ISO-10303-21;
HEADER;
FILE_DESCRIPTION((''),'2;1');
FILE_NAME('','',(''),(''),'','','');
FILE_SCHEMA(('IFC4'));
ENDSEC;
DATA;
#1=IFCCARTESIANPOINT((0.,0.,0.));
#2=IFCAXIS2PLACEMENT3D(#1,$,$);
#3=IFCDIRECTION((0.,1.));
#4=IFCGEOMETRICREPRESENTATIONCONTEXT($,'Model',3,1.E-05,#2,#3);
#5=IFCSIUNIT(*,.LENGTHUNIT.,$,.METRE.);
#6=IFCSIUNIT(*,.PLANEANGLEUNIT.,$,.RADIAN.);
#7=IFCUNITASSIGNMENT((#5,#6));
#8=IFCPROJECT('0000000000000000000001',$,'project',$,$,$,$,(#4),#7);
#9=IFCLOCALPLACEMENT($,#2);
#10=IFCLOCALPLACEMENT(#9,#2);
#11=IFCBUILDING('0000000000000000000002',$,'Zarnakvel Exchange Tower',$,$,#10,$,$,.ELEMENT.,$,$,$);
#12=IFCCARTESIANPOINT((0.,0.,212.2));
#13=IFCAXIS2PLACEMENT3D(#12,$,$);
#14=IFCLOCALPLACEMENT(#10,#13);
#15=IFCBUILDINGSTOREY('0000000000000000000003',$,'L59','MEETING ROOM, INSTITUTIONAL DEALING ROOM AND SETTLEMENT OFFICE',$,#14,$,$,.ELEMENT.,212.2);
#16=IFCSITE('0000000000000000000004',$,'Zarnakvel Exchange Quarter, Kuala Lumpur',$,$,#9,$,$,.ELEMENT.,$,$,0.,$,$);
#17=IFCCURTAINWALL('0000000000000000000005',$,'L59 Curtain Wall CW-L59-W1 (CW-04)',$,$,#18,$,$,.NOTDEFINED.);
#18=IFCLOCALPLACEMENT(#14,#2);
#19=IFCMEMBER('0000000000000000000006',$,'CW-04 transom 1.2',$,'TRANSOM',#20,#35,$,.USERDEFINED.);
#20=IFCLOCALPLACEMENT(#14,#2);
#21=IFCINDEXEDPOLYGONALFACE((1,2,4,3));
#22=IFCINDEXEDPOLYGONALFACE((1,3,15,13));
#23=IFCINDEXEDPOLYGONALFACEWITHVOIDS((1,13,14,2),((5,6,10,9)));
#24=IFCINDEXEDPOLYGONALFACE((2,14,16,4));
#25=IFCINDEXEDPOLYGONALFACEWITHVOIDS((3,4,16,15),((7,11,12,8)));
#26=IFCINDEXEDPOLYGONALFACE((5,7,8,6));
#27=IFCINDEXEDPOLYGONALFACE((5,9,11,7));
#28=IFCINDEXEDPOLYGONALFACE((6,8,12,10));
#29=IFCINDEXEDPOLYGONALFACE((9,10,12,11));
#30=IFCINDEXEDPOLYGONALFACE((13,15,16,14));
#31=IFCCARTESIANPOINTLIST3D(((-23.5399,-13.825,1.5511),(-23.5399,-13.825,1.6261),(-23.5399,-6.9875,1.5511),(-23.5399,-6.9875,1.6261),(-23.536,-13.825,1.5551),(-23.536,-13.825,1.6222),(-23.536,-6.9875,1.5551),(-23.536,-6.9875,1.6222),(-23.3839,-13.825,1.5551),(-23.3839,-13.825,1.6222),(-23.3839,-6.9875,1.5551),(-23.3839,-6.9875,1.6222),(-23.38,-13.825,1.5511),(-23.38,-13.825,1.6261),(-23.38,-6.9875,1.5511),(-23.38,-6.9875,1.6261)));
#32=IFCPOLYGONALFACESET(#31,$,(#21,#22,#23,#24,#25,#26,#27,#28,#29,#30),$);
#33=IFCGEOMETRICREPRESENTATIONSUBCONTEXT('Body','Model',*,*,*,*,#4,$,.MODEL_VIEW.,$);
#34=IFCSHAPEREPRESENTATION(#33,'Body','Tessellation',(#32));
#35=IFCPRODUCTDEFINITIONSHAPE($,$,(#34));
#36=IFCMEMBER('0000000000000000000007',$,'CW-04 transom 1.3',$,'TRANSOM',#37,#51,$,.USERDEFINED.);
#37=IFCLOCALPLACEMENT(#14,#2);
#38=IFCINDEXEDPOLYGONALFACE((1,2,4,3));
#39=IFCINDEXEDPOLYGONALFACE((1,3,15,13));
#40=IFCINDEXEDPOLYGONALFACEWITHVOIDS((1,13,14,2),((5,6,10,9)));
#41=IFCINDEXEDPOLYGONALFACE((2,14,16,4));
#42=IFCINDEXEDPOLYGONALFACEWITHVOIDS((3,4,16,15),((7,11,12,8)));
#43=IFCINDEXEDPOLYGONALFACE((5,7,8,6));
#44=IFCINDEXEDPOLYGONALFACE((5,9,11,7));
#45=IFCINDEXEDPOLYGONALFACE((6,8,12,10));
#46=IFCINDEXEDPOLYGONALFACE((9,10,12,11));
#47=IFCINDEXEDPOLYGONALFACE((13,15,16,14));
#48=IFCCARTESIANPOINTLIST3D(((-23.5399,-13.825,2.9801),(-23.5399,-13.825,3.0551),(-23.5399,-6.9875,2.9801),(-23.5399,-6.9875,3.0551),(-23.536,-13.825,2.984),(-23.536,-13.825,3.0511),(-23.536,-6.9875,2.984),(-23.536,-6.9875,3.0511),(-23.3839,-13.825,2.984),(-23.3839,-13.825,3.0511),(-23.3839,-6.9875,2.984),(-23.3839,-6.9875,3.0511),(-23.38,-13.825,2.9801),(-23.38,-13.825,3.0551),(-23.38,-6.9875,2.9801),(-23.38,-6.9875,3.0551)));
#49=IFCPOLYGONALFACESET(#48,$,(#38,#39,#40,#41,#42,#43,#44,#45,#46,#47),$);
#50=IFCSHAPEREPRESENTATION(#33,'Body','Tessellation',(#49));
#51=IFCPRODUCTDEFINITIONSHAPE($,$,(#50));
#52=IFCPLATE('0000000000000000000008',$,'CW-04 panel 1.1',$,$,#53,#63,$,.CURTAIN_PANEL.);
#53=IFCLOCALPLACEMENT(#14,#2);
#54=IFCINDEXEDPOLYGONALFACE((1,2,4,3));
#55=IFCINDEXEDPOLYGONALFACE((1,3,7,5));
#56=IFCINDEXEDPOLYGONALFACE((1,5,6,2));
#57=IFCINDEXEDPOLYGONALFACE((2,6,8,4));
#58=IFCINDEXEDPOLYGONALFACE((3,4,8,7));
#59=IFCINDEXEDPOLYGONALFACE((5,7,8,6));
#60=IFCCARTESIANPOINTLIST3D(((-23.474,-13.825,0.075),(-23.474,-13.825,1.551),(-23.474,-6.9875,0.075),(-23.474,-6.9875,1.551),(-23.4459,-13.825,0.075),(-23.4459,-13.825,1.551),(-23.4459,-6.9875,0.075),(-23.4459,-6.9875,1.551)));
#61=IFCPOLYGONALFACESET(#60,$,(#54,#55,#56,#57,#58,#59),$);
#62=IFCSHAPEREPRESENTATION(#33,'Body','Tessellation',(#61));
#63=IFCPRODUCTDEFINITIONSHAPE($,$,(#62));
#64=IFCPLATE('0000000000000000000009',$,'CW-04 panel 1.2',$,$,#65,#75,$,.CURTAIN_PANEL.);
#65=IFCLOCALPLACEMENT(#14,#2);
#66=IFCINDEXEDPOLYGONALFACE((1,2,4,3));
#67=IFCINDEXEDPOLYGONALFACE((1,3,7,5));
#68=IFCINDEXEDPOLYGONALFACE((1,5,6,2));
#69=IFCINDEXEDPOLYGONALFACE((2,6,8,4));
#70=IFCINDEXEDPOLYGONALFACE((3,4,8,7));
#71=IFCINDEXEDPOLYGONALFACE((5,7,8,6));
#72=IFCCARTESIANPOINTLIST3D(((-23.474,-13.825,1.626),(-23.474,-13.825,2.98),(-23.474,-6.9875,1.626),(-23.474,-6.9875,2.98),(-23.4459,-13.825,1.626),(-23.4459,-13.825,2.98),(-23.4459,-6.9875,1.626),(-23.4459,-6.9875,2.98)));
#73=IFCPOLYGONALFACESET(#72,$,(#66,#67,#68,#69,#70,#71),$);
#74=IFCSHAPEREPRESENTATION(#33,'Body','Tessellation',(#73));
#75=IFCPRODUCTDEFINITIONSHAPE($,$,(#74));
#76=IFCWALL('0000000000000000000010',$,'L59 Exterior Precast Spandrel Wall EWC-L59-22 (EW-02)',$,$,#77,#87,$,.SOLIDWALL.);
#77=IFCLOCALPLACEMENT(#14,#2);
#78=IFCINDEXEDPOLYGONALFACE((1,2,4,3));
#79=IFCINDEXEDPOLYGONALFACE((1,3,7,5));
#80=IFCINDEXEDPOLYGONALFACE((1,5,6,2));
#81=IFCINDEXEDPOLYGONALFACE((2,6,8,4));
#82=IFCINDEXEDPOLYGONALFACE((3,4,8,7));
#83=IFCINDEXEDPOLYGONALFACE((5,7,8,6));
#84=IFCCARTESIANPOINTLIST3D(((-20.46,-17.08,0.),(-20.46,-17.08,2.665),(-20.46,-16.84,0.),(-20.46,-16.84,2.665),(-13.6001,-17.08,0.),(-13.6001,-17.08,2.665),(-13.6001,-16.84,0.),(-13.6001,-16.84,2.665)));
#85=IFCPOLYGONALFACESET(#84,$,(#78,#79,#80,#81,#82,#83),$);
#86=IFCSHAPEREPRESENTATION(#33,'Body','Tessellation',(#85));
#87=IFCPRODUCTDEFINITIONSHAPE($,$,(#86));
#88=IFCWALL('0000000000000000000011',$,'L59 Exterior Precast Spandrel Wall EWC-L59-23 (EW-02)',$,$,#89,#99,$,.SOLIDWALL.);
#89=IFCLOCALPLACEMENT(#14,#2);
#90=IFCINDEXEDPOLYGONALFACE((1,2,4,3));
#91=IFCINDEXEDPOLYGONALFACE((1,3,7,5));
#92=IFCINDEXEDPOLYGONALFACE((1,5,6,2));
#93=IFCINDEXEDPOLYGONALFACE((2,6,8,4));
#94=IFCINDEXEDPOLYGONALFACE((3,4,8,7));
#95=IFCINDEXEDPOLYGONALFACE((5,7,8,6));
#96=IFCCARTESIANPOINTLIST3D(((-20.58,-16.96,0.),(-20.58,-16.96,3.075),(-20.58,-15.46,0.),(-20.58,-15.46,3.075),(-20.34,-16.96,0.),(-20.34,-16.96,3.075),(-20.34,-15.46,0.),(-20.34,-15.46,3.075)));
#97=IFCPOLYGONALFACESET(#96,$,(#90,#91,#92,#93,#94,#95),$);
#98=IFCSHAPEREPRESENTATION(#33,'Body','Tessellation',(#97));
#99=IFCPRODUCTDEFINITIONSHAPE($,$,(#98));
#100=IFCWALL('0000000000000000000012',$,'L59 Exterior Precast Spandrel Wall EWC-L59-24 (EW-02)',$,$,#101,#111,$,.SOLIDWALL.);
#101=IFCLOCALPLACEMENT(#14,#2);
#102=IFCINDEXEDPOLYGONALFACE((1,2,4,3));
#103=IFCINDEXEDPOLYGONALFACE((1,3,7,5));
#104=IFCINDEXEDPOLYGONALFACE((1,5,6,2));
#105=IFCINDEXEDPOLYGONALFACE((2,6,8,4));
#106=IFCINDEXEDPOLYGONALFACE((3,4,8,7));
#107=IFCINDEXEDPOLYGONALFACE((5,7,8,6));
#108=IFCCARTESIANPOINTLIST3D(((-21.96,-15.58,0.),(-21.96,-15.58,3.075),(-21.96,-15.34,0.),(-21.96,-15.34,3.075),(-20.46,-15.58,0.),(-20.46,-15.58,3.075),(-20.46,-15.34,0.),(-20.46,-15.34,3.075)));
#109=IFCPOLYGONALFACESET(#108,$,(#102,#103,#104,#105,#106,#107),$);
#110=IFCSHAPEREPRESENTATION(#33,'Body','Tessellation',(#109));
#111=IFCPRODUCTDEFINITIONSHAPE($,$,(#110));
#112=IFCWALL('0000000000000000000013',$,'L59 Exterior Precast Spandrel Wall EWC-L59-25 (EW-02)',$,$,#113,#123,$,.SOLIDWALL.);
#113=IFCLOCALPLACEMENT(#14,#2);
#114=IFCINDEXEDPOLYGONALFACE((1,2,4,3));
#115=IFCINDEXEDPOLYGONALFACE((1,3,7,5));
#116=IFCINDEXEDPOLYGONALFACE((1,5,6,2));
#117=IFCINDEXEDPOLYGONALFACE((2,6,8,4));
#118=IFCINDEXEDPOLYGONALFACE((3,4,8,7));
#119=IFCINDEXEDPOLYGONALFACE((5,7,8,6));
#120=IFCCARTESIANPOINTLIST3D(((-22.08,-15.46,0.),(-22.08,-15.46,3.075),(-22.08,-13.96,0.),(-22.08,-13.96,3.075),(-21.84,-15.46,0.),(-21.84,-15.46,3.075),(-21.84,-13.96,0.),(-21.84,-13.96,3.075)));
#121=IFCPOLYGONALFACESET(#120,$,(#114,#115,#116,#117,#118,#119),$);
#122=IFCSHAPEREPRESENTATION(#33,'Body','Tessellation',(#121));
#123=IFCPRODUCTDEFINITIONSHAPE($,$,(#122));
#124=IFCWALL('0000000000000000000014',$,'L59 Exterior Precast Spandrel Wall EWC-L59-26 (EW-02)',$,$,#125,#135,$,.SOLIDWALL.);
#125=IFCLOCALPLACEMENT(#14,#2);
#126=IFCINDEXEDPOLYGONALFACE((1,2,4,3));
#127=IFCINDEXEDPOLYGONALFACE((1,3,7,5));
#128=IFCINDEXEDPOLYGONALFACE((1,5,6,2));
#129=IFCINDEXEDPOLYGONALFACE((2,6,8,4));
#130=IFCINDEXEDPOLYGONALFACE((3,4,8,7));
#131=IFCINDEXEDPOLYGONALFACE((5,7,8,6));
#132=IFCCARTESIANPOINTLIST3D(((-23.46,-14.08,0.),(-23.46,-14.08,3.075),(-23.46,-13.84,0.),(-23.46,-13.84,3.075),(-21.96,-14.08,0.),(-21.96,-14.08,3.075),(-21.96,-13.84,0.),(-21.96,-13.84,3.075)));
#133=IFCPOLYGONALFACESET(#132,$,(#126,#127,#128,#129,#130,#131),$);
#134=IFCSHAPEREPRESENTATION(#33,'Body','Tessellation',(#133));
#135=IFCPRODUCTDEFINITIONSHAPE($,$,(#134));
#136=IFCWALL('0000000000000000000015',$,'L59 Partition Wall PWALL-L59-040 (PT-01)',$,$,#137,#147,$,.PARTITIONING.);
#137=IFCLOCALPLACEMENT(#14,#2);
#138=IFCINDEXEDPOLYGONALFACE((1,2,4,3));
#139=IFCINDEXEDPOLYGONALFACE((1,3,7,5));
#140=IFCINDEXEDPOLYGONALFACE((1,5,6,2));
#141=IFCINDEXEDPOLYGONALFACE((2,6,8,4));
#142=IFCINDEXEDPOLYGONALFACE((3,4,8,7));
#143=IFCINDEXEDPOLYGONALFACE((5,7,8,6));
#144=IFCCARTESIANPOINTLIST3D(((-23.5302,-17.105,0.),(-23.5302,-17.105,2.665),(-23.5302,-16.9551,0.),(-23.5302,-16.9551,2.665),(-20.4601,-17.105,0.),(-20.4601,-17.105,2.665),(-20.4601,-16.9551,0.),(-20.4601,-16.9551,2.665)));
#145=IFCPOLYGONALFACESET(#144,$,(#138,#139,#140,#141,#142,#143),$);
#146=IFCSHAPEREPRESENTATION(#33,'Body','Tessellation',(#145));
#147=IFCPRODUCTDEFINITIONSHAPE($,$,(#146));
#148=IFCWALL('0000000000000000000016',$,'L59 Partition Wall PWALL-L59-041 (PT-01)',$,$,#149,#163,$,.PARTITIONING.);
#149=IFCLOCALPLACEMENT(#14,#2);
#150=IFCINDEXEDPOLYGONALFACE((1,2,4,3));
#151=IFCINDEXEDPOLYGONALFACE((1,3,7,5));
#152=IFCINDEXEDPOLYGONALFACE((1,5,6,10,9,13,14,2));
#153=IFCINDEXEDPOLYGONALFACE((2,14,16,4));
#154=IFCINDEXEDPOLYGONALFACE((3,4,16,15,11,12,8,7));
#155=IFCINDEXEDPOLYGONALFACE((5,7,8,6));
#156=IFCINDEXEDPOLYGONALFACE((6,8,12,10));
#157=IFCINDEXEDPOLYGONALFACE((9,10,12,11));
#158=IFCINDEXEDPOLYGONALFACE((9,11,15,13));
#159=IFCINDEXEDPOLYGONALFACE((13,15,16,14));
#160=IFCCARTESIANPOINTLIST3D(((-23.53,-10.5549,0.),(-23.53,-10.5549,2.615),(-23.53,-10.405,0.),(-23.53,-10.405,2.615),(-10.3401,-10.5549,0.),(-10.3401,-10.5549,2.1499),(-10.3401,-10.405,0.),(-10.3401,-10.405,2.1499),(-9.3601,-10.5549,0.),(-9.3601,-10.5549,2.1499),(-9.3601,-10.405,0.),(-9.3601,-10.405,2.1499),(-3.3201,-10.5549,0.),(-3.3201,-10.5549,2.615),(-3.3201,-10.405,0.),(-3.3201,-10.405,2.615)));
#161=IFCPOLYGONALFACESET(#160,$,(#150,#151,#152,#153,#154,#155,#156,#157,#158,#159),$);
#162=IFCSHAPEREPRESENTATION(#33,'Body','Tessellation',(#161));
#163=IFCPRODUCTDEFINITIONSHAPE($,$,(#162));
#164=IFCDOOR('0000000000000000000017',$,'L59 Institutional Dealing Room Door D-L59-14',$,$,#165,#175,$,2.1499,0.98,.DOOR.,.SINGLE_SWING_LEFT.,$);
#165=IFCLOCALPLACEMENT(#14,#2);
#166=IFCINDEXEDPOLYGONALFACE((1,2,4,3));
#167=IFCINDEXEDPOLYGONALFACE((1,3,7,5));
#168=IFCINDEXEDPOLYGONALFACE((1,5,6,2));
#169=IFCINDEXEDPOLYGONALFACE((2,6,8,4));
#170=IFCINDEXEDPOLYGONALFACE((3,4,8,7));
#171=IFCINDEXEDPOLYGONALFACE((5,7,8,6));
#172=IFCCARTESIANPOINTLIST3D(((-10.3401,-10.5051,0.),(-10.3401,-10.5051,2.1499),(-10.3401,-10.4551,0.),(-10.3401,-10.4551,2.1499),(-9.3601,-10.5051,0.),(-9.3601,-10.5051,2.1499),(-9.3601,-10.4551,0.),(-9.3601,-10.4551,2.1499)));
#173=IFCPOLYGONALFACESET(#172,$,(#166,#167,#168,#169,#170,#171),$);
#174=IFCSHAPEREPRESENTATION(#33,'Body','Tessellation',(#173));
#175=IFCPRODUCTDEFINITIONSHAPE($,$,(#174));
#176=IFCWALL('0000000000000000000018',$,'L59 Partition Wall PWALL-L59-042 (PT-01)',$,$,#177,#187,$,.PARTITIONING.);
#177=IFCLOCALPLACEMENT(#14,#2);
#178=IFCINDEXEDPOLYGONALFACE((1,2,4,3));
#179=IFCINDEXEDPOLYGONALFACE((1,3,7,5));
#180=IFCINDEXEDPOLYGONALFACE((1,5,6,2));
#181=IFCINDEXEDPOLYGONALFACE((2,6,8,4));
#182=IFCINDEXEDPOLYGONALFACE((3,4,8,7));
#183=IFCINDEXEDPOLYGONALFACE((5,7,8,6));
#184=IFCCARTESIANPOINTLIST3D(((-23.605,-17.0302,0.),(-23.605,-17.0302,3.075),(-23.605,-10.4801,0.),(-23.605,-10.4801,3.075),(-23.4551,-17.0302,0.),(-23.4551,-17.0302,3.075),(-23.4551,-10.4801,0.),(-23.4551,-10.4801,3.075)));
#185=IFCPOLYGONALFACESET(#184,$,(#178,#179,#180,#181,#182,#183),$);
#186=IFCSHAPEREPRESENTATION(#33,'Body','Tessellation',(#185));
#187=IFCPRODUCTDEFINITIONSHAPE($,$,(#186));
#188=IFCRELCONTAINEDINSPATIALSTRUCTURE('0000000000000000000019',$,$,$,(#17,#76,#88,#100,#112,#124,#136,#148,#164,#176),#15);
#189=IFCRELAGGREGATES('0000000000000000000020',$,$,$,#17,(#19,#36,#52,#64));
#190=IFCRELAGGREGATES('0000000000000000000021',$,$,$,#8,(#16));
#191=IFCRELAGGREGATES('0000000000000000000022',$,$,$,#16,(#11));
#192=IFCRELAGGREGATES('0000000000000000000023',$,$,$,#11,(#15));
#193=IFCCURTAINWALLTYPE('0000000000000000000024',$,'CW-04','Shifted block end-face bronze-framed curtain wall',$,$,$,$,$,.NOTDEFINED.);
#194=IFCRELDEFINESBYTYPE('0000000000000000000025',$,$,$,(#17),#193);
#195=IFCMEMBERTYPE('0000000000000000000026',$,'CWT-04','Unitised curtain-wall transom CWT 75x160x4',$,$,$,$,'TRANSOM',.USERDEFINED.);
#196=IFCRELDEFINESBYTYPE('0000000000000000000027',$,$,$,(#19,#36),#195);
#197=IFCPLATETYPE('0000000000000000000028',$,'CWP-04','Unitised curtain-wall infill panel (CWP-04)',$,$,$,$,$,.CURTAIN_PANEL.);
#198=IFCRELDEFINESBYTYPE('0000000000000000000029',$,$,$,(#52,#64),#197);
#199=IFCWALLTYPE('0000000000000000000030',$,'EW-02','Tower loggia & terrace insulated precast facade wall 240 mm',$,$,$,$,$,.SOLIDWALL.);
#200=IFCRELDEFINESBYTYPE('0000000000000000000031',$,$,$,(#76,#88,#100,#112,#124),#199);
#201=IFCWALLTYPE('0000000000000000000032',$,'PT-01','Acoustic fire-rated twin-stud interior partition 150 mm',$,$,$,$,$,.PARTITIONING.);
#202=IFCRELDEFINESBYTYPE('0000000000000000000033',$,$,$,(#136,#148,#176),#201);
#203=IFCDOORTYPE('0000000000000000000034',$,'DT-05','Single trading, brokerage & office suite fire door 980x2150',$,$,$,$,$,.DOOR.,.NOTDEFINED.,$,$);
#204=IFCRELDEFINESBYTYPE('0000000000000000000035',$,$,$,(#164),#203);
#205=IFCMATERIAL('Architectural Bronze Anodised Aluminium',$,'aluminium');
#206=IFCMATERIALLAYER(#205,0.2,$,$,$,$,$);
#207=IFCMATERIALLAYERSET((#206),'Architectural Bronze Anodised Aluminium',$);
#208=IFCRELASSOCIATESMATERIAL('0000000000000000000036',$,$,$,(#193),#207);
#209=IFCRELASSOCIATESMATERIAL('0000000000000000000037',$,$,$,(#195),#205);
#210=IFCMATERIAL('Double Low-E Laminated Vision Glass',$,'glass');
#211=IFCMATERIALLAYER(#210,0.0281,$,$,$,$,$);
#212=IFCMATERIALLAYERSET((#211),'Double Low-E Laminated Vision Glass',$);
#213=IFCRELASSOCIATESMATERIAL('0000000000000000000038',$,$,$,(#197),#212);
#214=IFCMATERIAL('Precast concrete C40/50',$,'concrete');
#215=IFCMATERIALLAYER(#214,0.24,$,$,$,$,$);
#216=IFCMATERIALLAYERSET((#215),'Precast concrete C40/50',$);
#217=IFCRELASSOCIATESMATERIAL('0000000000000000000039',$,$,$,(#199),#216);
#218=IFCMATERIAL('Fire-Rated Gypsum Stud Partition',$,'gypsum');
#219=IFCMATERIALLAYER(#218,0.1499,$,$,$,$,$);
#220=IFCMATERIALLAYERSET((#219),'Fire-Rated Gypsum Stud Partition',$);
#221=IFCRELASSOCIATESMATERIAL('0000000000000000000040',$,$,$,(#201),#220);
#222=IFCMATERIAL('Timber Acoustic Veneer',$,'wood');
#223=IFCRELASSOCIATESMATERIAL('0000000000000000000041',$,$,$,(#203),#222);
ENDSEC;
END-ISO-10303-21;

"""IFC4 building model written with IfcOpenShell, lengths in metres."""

from ifc_helpers import new_model, si_unit, direction, frame, frame_2d, origin, origin_2d, place, context, subcontext, project, spatial, rectangle, hollow_rectangle, extrude, source, transform, mapped, material, layer, layer_set, material_profile, profile_set, type_object, element, fill, aggregate, save


model = new_model("IFC4")

# Units and contexts
model_context = context("Model", 3, precision=1e-05, world=origin(), true_north=direction((0.0, 1.0)))
body_context = subcontext(model_context, "Body", "Model", "MODEL_VIEW")
ifc_project = project(units=[si_unit("LENGTHUNIT", "METRE"), si_unit("PLANEANGLEUNIT", "RADIAN")], contexts=[model_context])

# Site, building, storey
site_placement = place(None, origin())
site = spatial("IfcSite", under=ifc_project, at=site_placement, Name="Zarnakvel Exchange Quarter, Kuala Lumpur", CompositionType="ELEMENT", RefElevation=0.0)
building_placement = place(site_placement, origin())
building = spatial("IfcBuilding", under=site, at=building_placement, Name="Zarnakvel Exchange Tower", CompositionType="ELEMENT")
storey_placement = place(building_placement, frame((0.0, 0.0, 212.2)))
storey = spatial("IfcBuildingStorey", under=building, at=storey_placement, Name="L59", Description="MEETING ROOM, INSTITUTIONAL DEALING ROOM AND SETTLEMENT OFFICE", CompositionType="ELEMENT", Elevation=212.2)

# Curtain wall, members, plates
ifc_material_1 = material(Name="Architectural Bronze Anodised Aluminium", Category="aluminium")
ifc_layer_1 = layer(ifc_material_1, 0.2)
ifc_layer_set_1 = layer_set([ifc_layer_1], Name="Architectural Bronze Anodised Aluminium")
curtain_wall_type = type_object("IfcCurtainWallType", Name="CW-04", Description="Shifted block end-face bronze-framed curtain wall", PredefinedType="NOTDEFINED", material=ifc_layer_set_1)
curtain_wall_placement = place(storey_placement, origin())
curtain_wall = element("IfcCurtainWall", 1, at=curtain_wall_placement, inside=storey, type_object=curtain_wall_type, Name="L59 Curtain Wall CW-L59-W1 (CW-04)", PredefinedType="NOTDEFINED")
ifc_material_profile_1 = material_profile(ifc_material_1, hollow_rectangle(XDim=0.1599, YDim=0.075, WallThickness=0.0039, at=origin_2d()))
ifc_profile_set_1 = profile_set([ifc_material_profile_1], Name="Architectural Bronze Anodised Aluminium")
member_type_1 = type_object("IfcMemberType", Name="CWT-04", Description="Unitised curtain-wall transom CWT 75x160x4", ElementType="TRANSOM", PredefinedType="USERDEFINED", material=ifc_profile_set_1)
shared_shape_1 = source(origin(), body_context, "Body", "SweptSolid", [
    extrude(hollow_rectangle(XDim=0.1599, YDim=0.075, WallThickness=0.0039, at=origin_2d()), origin(), (0.0, 0.0, 1.0), 6.8374),
])
member_1_placement = place(storey_placement, frame((-23.46, -13.825, 1.5886), z_axis=(0.0, 1.0, 0.0), x_axis=(-1.0, 0.0, 0.0)))
member_1 = element("IfcMember", 2, at=member_1_placement, type_object=member_type_1, Name="CW-04 transom 1.2", ObjectType="TRANSOM", PredefinedType="USERDEFINED", context=body_context, shape_type="MappedRepresentation", body=[
    mapped(shared_shape_1, transform((0.0, 0.0, 0.0), x_axis=(1.0, 0.0, 0.0), y_axis=(0.0, 1.0, 0.0), z_axis=(0.0, 0.0, 1.0), scale=1.0)),
])
member_2_placement = place(storey_placement, frame((-23.46, -13.825, 3.0176), z_axis=(0.0, 1.0, 0.0), x_axis=(-1.0, 0.0, 0.0)))
member_2 = element("IfcMember", 3, at=member_2_placement, type_object=member_type_1, Name="CW-04 transom 1.3", ObjectType="TRANSOM", PredefinedType="USERDEFINED", context=body_context, shape_type="MappedRepresentation", body=[
    mapped(shared_shape_1, transform((0.0, 0.0, 0.0), x_axis=(1.0, 0.0, 0.0), y_axis=(0.0, 1.0, 0.0), z_axis=(0.0, 0.0, 1.0), scale=1.0)),
])
ifc_material_2 = material(Name="Double Low-E Laminated Vision Glass", Category="glass")
ifc_layer_2 = layer(ifc_material_2, 0.0281)
ifc_layer_set_2 = layer_set([ifc_layer_2], Name="Double Low-E Laminated Vision Glass")
plate_type = type_object("IfcPlateType", Name="CWP-04", Description="Unitised curtain-wall infill panel (CWP-04)", PredefinedType="CURTAIN_PANEL", material=ifc_layer_set_2)
shared_shape_2 = source(origin(), body_context, "Body", "SweptSolid", [
    extrude(rectangle(XDim=6.8374, YDim=0.0281, at=origin_2d()), origin(), (0.0, 0.0, 1.0), 1.4761),
])
plate_1_placement = place(storey_placement, frame((-23.46, -10.4062, 0.075), z_axis=(0.0, 0.0, 1.0), x_axis=(0.0, 1.0, 0.0)))
plate_1 = element("IfcPlate", 4, at=plate_1_placement, type_object=plate_type, Name="CW-04 panel 1.1", PredefinedType="CURTAIN_PANEL", context=body_context, shape_type="MappedRepresentation", body=[
    mapped(shared_shape_2, transform((0.0, 0.0, 0.0), x_axis=(1.0, 0.0, 0.0), y_axis=(0.0, 1.0, 0.0), z_axis=(0.0, 0.0, 1.0), scale=1.0)),
])
shared_shape_3 = source(origin(), body_context, "Body", "SweptSolid", [
    extrude(rectangle(XDim=6.8374, YDim=0.0281, at=origin_2d()), origin(), (0.0, 0.0, 1.0), 1.354),
])
plate_2_placement = place(storey_placement, frame((-23.46, -10.4062, 1.626), z_axis=(0.0, 0.0, 1.0), x_axis=(0.0, 1.0, 0.0)))
plate_2 = element("IfcPlate", 5, at=plate_2_placement, type_object=plate_type, Name="CW-04 panel 1.2", PredefinedType="CURTAIN_PANEL", context=body_context, shape_type="MappedRepresentation", body=[
    mapped(shared_shape_3, transform((0.0, 0.0, 0.0), x_axis=(1.0, 0.0, 0.0), y_axis=(0.0, 1.0, 0.0), z_axis=(0.0, 0.0, 1.0), scale=1.0)),
])
aggregate(curtain_wall, [member_1, member_2, plate_1, plate_2])

# Walls
ifc_material_3 = material(Name="Precast concrete C40/50", Category="concrete")
ifc_layer_3 = layer(ifc_material_3, 0.24)
ifc_layer_set_3 = layer_set([ifc_layer_3], Name="Precast concrete C40/50")
wall_type_1 = type_object("IfcWallType", Name="EW-02", Description="Tower loggia & terrace insulated precast facade wall 240 mm", PredefinedType="SOLIDWALL", material=ifc_layer_set_3)
wall_1_placement = place(storey_placement, frame((-20.46, -16.96, 0.0), z_axis=(0.0, 0.0, 1.0), x_axis=(1.0, 0.0, 0.0)))
element("IfcWall", 6, at=wall_1_placement, inside=storey, type_object=wall_type_1, Name="L59 Exterior Precast Spandrel Wall EWC-L59-22 (EW-02)", PredefinedType="SOLIDWALL", context=body_context, shape_type="SweptSolid", body=[
    extrude(rectangle(XDim=6.8599, YDim=0.24, at=frame_2d((3.4299, 0.0))), origin(), (0.0, 0.0, 1.0), 2.665),
])
for number, where, z_axis, x_axis, name in (
    (7, (-20.46, -15.46, 0.0), (0.0, 0.0, 1.0), (0.0, -1.0, 0.0), "L59 Exterior Precast Spandrel Wall EWC-L59-23 (EW-02)"),
    (8, (-21.96, -15.46, 0.0), (0.0, 0.0, 1.0), (1.0, 0.0, 0.0), "L59 Exterior Precast Spandrel Wall EWC-L59-24 (EW-02)"),
    (9, (-21.96, -13.96, 0.0), (0.0, 0.0, 1.0), (0.0, -1.0, 0.0), "L59 Exterior Precast Spandrel Wall EWC-L59-25 (EW-02)"),
    (10, (-23.46, -13.96, 0.0), (0.0, 0.0, 1.0), (1.0, 0.0, 0.0), "L59 Exterior Precast Spandrel Wall EWC-L59-26 (EW-02)"),
):
    element("IfcWall", number, at=place(storey_placement, frame(where, z_axis=z_axis, x_axis=x_axis)), inside=storey, type_object=wall_type_1, Name=name, PredefinedType="SOLIDWALL", context=body_context, shape_type="SweptSolid", body=[
        extrude(rectangle(XDim=1.5, YDim=0.24, at=frame_2d((0.75, 0.0))), origin(), (0.0, 0.0, 1.0), 3.075),
    ])
ifc_material_4 = material(Name="Fire-Rated Gypsum Stud Partition", Category="gypsum")
ifc_layer_4 = layer(ifc_material_4, 0.1499)
ifc_layer_set_4 = layer_set([ifc_layer_4], Name="Fire-Rated Gypsum Stud Partition")
wall_type_2 = type_object("IfcWallType", Name="PT-01", Description="Acoustic fire-rated twin-stud interior partition 150 mm", PredefinedType="PARTITIONING", material=ifc_layer_set_4)
wall_2_placement = place(storey_placement, frame((-20.46, -17.03, 0.0), z_axis=(0.0, 0.0, 1.0), x_axis=(-1.0, 0.0, 0.0)))
element("IfcWall", 11, at=wall_2_placement, inside=storey, type_object=wall_type_2, Name="L59 Partition Wall PWALL-L59-040 (PT-01)", PredefinedType="PARTITIONING", context=body_context, shape_type="SweptSolid", body=[
    extrude(rectangle(XDim=3.0701, YDim=0.1499, at=frame_2d((1.5352, 0.0))), origin(), (0.0, 0.0, 1.0), 2.665),
])

# Wall, opening, door
wall_3_placement = place(storey_placement, frame((-23.53, -10.48, 0.0), z_axis=(0.0, 0.0, 1.0), x_axis=(1.0, 0.0, 0.0)))
wall_3 = element("IfcWall", 12, at=wall_3_placement, inside=storey, type_object=wall_type_2, Name="L59 Partition Wall PWALL-L59-041 (PT-01)", PredefinedType="PARTITIONING", context=body_context, shape_type="SweptSolid", body=[
    extrude(rectangle(XDim=20.21, YDim=0.1499, at=frame_2d((10.105, 0.0))), origin(), (0.0, 0.0, 1.0), 2.615),
])
opening_placement = place(wall_3_placement, frame((13.1899, 0.0, 0.0)))
opening = element("IfcOpeningElement", 13, at=opening_placement, cuts=wall_3, PredefinedType="OPENING", context=body_context, shape_type="SweptSolid", body=[
    extrude(rectangle(XDim=0.98, YDim=2.1499, at=frame_2d((0.49, 1.075))), frame((0.0, 0.085, 0.0), z_axis=(0.0, -1.0, 0.0), x_axis=(1.0, 0.0, 0.0)), (0.0, 0.0, 1.0), 0.1699),
])
ifc_material_5 = material(Name="Timber Acoustic Veneer", Category="wood")
door_type = type_object("IfcDoorType", Name="DT-05", Description="Single trading, brokerage & office suite fire door 980x2150", OperationType="NOTDEFINED", PredefinedType="DOOR", material=ifc_material_5)
shared_shape_4 = source(origin(), body_context, "Body", "SweptSolid", [
    extrude(rectangle(XDim=0.98, YDim=2.1499, at=frame_2d((0.49, 1.075))), frame((0.0, 0.0249, 0.0), z_axis=(0.0, -1.0, 0.0), x_axis=(1.0, 0.0, 0.0)), (0.0, 0.0, 1.0), 0.05),
])
door_placement = place(opening_placement, origin())
door = element("IfcDoor", 14, at=door_placement, inside=storey, type_object=door_type, Name="L59 Institutional Dealing Room Door D-L59-14", OperationType="SINGLE_SWING_LEFT", OverallHeight=2.1499, OverallWidth=0.98, PredefinedType="DOOR", context=body_context, shape_type="MappedRepresentation", body=[
    mapped(shared_shape_4, transform((0.0, 0.0, 0.0), x_axis=(1.0, 0.0, 0.0), y_axis=(0.0, 1.0, 0.0), z_axis=(0.0, 0.0, 1.0), scale=1.0)),
])
fill(opening, door)

# Wall
wall_4_placement = place(storey_placement, frame((-23.53, -17.03, 0.0), z_axis=(0.0, 0.0, 1.0), x_axis=(0.0, 1.0, 0.0)))
element("IfcWall", 15, at=wall_4_placement, inside=storey, type_object=wall_type_2, Name="L59 Partition Wall PWALL-L59-042 (PT-01)", PredefinedType="PARTITIONING", context=body_context, shape_type="SweptSolid", body=[
    extrude(rectangle(XDim=6.55, YDim=0.1499, at=frame_2d((3.2749, 0.0))), origin(), (0.0, 0.0, 1.0), 3.075),
])

save(model, "model.ifc")
